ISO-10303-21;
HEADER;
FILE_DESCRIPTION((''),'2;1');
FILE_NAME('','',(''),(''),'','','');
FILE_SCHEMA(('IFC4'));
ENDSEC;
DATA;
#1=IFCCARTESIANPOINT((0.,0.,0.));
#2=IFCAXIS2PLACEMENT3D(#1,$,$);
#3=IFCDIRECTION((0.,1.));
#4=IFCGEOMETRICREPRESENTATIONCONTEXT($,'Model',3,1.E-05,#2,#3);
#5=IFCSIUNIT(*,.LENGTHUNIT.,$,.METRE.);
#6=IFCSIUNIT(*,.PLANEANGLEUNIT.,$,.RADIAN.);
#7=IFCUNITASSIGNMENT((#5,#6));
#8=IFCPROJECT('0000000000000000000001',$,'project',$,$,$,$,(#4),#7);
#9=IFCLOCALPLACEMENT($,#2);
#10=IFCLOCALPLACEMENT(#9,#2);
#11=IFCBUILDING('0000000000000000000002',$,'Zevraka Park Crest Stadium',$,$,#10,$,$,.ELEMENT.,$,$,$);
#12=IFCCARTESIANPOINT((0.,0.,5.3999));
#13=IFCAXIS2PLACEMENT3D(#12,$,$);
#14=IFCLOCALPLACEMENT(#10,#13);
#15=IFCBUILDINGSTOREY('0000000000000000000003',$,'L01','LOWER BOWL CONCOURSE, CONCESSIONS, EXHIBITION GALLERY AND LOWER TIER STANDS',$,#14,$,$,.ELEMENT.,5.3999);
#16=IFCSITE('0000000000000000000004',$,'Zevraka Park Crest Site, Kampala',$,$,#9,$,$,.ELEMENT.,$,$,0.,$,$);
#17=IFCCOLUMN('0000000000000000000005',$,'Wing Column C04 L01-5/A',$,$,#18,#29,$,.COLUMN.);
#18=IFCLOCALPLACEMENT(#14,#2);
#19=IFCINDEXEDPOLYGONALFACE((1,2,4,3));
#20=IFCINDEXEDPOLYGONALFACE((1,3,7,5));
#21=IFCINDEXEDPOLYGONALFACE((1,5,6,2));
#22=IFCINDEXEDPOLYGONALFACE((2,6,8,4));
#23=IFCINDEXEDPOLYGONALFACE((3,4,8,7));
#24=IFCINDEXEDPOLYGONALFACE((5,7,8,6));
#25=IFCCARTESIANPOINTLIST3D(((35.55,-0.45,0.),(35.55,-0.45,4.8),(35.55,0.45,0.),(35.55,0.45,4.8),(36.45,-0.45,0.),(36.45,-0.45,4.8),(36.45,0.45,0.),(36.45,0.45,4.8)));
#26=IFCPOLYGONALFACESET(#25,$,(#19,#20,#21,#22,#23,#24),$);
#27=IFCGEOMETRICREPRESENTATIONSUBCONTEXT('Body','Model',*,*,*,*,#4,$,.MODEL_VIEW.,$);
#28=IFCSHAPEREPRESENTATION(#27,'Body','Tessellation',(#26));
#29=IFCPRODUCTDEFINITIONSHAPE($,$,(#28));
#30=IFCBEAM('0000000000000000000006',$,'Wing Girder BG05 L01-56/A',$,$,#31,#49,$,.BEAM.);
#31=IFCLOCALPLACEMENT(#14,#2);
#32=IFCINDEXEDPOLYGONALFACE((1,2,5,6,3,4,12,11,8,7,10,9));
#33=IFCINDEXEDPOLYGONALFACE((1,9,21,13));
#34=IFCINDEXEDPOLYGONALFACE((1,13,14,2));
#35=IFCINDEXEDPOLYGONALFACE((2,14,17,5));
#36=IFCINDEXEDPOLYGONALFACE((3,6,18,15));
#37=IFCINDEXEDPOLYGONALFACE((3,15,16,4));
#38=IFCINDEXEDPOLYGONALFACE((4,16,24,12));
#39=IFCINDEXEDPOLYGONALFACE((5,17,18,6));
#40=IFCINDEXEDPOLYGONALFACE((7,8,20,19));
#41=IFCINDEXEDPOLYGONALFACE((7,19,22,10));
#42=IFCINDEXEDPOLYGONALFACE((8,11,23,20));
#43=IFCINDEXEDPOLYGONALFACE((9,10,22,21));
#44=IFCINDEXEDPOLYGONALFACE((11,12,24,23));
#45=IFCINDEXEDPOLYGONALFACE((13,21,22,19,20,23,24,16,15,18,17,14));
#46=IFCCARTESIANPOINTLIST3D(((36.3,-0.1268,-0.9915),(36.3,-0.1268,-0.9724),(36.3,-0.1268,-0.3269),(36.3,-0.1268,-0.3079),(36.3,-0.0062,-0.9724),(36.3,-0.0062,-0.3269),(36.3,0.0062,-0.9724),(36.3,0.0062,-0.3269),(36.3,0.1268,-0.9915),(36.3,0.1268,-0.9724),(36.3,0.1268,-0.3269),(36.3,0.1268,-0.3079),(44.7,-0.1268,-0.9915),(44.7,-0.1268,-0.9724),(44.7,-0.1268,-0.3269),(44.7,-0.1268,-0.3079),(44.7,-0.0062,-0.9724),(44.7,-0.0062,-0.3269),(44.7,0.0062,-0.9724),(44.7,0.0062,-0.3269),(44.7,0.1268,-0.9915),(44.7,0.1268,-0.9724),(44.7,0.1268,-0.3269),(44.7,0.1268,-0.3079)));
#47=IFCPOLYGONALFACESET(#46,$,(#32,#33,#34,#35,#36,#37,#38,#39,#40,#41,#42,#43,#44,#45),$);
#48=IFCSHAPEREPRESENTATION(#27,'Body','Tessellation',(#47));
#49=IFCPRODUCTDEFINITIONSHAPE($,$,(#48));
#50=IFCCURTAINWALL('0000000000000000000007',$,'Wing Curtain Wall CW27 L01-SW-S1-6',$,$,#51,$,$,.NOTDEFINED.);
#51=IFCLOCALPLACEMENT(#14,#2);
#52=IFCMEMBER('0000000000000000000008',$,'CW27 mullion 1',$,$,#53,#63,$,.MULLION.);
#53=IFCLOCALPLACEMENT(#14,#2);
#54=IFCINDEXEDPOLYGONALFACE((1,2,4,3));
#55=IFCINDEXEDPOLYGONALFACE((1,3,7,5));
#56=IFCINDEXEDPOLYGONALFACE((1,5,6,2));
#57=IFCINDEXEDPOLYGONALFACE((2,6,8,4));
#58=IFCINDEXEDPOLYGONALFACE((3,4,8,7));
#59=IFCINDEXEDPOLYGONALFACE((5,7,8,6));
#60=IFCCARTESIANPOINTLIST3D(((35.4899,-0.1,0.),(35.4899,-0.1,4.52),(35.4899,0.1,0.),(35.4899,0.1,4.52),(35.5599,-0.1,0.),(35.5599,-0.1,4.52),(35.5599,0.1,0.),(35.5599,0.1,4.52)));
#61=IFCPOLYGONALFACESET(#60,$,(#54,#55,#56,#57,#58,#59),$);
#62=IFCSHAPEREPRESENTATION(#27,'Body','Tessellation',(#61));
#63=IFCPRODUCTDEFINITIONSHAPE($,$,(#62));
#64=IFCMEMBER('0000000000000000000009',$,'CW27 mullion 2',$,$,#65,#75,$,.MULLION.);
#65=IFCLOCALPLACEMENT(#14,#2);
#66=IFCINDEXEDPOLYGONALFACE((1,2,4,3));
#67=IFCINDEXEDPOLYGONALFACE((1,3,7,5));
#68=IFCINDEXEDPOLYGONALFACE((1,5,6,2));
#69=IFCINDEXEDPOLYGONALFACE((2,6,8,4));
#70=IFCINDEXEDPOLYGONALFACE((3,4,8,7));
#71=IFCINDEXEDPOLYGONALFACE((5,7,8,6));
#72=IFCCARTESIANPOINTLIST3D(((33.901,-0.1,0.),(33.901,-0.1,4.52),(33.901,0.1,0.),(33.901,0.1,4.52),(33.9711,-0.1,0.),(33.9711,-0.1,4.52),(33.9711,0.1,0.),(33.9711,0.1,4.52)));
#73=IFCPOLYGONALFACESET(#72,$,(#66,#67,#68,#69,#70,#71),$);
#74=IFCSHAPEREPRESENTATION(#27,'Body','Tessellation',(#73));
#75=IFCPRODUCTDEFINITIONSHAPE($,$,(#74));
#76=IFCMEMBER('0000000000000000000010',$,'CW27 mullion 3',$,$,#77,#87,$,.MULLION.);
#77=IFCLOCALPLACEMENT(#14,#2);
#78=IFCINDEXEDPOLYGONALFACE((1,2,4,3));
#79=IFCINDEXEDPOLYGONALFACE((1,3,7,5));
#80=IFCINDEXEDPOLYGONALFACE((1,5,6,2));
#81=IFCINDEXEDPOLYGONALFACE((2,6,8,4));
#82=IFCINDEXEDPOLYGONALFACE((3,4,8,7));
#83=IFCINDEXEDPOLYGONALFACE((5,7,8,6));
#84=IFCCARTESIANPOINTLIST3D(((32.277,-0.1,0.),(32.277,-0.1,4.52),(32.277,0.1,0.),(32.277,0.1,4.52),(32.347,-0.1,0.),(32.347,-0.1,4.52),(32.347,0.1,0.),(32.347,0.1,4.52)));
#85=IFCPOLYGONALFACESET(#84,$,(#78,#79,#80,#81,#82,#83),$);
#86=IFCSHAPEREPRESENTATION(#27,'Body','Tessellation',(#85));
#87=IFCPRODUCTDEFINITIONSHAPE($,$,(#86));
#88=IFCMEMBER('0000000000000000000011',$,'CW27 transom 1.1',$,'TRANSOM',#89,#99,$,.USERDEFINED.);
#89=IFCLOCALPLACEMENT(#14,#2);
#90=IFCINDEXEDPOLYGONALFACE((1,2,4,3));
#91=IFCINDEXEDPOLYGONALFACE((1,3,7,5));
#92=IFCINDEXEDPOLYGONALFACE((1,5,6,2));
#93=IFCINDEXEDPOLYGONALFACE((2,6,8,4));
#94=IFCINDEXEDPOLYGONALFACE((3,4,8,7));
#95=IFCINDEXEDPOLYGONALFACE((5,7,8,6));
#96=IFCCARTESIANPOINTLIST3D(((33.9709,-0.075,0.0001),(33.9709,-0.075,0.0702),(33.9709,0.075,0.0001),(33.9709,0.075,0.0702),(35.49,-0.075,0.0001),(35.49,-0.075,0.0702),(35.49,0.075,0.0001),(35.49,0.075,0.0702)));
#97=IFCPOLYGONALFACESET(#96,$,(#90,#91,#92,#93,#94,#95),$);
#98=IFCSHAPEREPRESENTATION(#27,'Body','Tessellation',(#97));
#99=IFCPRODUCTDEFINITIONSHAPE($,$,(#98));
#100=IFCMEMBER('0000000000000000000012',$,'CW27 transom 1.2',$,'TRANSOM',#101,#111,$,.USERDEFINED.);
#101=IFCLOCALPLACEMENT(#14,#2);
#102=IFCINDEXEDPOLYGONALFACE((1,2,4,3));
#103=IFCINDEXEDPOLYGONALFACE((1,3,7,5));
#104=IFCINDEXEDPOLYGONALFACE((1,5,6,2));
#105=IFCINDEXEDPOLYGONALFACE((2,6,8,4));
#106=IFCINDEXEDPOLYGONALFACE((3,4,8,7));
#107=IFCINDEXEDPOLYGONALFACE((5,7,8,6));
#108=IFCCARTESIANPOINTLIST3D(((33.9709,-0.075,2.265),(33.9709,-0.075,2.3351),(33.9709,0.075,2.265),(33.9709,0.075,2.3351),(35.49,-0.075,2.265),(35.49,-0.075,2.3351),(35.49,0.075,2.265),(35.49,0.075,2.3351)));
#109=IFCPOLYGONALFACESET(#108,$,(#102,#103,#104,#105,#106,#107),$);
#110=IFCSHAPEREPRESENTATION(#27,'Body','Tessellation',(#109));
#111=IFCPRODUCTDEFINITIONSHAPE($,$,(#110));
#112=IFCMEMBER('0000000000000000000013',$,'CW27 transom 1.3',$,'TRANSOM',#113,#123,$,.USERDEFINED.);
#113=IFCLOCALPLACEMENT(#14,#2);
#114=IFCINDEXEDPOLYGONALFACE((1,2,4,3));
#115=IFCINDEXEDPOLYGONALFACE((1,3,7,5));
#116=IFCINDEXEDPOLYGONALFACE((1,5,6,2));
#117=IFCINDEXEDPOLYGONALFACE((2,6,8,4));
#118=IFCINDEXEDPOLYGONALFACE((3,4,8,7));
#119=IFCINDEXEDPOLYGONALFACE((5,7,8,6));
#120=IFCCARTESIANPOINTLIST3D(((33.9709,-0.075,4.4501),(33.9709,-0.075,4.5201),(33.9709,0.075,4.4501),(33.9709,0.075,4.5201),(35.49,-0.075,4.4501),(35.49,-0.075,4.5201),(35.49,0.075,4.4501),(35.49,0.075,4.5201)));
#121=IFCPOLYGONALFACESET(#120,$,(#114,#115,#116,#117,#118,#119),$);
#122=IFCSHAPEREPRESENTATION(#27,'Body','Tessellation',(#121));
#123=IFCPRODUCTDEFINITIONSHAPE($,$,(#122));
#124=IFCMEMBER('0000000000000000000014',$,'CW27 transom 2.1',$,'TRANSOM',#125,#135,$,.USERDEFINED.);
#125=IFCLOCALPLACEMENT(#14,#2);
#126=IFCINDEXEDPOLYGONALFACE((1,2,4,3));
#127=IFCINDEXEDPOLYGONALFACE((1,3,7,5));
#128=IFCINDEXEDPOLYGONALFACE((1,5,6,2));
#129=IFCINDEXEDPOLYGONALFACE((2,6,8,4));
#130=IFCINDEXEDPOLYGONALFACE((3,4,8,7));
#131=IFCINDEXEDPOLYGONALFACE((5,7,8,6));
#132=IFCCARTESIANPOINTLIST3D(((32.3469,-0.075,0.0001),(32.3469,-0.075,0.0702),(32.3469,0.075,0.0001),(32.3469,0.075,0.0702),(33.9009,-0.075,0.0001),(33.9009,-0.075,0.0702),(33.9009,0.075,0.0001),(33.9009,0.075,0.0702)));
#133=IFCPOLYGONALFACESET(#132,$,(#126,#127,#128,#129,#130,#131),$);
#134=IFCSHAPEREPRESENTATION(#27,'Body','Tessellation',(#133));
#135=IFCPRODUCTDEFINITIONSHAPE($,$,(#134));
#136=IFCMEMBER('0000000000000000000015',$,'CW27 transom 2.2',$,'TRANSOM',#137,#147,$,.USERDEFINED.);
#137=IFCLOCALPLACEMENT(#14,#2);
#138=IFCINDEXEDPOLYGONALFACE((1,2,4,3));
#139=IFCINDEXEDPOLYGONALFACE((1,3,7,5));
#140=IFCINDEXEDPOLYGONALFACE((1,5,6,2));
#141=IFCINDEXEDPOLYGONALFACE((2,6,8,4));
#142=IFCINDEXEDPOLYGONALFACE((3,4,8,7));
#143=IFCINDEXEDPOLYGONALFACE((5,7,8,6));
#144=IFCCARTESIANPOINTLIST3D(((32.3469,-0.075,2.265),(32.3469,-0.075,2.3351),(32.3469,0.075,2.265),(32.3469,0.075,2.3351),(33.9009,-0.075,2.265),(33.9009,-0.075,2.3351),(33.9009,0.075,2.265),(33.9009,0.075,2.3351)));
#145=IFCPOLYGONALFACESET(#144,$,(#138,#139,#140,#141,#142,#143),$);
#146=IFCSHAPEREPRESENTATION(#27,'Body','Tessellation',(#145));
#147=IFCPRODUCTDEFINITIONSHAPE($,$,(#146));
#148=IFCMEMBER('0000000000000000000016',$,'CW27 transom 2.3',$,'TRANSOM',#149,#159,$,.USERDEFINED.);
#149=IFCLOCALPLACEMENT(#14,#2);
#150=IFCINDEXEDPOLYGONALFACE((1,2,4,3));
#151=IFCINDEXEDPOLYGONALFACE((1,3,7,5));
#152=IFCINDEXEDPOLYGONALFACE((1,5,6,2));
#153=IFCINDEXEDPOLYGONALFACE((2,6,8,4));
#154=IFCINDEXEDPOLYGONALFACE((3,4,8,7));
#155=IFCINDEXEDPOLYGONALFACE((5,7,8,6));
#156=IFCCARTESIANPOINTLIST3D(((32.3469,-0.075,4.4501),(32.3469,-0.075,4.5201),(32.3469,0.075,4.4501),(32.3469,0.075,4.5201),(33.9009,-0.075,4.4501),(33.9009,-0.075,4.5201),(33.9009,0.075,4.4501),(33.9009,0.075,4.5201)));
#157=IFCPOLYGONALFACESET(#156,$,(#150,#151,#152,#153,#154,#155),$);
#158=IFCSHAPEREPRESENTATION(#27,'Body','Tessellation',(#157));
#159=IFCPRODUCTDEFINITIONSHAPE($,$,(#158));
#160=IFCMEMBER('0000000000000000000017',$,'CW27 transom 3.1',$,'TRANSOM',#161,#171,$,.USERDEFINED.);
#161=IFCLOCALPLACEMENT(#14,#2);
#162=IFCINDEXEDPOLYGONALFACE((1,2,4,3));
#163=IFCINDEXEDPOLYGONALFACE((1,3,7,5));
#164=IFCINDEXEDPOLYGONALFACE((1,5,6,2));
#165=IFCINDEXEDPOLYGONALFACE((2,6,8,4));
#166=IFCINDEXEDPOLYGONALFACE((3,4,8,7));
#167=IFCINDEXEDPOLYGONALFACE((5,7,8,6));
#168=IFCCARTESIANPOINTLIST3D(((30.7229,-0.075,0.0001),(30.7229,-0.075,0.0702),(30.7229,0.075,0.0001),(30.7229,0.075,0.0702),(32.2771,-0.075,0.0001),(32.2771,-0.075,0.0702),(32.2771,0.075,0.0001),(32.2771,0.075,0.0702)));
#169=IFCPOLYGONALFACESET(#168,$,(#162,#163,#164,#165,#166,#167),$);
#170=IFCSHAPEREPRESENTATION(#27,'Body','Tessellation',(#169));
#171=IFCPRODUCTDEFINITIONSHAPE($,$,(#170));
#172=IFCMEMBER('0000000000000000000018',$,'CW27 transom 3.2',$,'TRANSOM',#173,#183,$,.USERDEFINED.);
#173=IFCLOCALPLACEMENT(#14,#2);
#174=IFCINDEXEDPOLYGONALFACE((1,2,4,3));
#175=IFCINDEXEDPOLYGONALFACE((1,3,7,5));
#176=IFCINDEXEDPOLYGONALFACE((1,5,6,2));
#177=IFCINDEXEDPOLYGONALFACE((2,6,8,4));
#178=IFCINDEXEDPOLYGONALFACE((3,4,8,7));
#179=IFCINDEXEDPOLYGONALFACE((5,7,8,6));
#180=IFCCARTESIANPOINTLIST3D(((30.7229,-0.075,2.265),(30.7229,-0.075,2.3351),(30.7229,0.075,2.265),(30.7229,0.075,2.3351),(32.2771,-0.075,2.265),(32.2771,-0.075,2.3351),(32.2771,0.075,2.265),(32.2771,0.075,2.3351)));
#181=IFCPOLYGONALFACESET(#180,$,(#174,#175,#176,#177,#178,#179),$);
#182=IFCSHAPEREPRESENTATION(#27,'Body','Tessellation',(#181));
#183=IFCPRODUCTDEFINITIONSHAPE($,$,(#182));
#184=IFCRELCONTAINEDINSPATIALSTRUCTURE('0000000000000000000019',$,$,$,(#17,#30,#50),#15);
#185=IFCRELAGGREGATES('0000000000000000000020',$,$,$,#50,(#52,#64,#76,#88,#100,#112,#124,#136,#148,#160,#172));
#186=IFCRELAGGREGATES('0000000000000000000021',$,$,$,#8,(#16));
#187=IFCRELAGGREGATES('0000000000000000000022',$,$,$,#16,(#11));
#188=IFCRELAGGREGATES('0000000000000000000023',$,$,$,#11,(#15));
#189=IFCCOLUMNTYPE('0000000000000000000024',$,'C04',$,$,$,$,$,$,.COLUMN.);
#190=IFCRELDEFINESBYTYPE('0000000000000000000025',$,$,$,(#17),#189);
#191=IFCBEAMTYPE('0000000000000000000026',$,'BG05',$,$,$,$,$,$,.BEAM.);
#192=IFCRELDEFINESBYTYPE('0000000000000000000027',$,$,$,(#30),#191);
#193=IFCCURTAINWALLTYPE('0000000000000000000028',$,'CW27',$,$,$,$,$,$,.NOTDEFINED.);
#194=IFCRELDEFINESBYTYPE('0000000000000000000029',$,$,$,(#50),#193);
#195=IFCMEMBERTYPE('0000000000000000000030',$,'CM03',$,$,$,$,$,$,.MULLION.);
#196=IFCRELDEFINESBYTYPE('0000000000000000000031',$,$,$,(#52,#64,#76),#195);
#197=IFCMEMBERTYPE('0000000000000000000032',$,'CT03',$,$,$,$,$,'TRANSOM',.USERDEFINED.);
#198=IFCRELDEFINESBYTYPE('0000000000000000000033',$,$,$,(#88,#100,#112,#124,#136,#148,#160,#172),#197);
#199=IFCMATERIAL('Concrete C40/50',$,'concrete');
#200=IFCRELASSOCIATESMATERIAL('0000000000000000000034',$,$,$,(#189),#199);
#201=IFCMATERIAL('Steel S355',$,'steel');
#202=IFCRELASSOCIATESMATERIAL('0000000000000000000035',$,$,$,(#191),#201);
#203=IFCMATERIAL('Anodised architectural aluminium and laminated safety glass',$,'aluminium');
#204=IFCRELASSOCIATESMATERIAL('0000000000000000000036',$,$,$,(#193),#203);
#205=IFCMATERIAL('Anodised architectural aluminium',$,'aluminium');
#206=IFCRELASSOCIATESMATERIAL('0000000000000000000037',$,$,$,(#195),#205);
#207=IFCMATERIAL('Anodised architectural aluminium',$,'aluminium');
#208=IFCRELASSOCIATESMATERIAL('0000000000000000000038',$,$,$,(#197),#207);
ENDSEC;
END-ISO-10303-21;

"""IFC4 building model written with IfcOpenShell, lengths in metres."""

from ifc_helpers import new_model, si_unit, direction, frame, origin, origin_2d, place, context, subcontext, project, spatial, rectangle, i_section, extrude, material, material_profile, profile_set, type_object, element, aggregate, save


model = new_model("IFC4")

# Units and contexts
model_context = context("Model", 3, precision=1e-05, world=origin(), true_north=direction((0.0, 1.0)))
body_context = subcontext(model_context, "Body", "Model", "MODEL_VIEW")
ifc_project = project(units=[si_unit("LENGTHUNIT", "METRE"), si_unit("PLANEANGLEUNIT", "RADIAN")], contexts=[model_context])

# Site, building, storey
site_placement = place(None, origin())
site = spatial("IfcSite", under=ifc_project, at=site_placement, Name="Zevraka Park Crest Site, Kampala", CompositionType="ELEMENT", RefElevation=0.0)
building_placement = place(site_placement, origin())
building = spatial("IfcBuilding", under=site, at=building_placement, Name="Zevraka Park Crest Stadium", CompositionType="ELEMENT")
storey_placement = place(building_placement, frame((0.0, 0.0, 5.3999)))
storey = spatial("IfcBuildingStorey", under=building, at=storey_placement, Name="L01", Description="LOWER BOWL CONCOURSE, CONCESSIONS, EXHIBITION GALLERY AND LOWER TIER STANDS", CompositionType="ELEMENT", Elevation=5.3999)

# Column
ifc_material_1 = material(Name="Concrete C40/50", Category="concrete")
ifc_material_profile_1 = material_profile(ifc_material_1, rectangle(XDim=0.8999, YDim=0.8999, at=origin_2d()), Name="RC 900x900")
ifc_profile_set_1 = profile_set([ifc_material_profile_1], Name="Concrete C40/50")
column_type = type_object("IfcColumnType", Name="C04", PredefinedType="COLUMN", material=ifc_profile_set_1)
column_placement = place(storey_placement, frame((36.0, 0.0, 0.0), z_axis=(0.0, 0.0, 1.0), x_axis=(1.0, 0.0, 0.0)))
element("IfcColumn", 1, at=column_placement, inside=storey, type_object=column_type, Name="Wing Column C04 L01-5/A", PredefinedType="COLUMN", context=body_context, shape_type="SweptSolid", body=[
    extrude(rectangle(XDim=0.8999, YDim=0.8999, at=origin_2d()), origin(), (0.0, 0.0, 1.0), 4.8),
])

# Beam
ifc_material_2 = material(Name="Steel S355", Category="steel")
ifc_material_profile_2 = material_profile(ifc_material_2, i_section(OverallWidth=0.2537, OverallDepth=0.6836, WebThickness=0.0125, FlangeThickness=0.019, at=origin_2d()), Name="UKB 686x254x140")
ifc_profile_set_2 = profile_set([ifc_material_profile_2], Name="Steel S355")
beam_type = type_object("IfcBeamType", Name="BG05", PredefinedType="BEAM", material=ifc_profile_set_2)
beam_placement = place(storey_placement, frame((36.3, 0.0, -0.6497), z_axis=(1.0, 0.0, 0.0), x_axis=(0.0, 1.0, 0.0)))
element("IfcBeam", 2, at=beam_placement, inside=storey, type_object=beam_type, Name="Wing Girder BG05 L01-56/A", PredefinedType="BEAM", context=body_context, shape_type="SweptSolid", body=[
    extrude(i_section(OverallWidth=0.2537, OverallDepth=0.6836, WebThickness=0.0125, FlangeThickness=0.019, at=origin_2d()), origin(), (0.0, 0.0, 1.0), 8.3999),
])

# Curtain wall, members
ifc_material_3 = material(Name="Anodised architectural aluminium and laminated safety glass", Category="aluminium")
curtain_wall_type = type_object("IfcCurtainWallType", Name="CW27", PredefinedType="NOTDEFINED", material=ifc_material_3)
curtain_wall_placement = place(storey_placement, origin())
curtain_wall = element("IfcCurtainWall", 3, at=curtain_wall_placement, inside=storey, type_object=curtain_wall_type, Name="Wing Curtain Wall CW27 L01-SW-S1-6", PredefinedType="NOTDEFINED")
ifc_material_4 = material(Name="Anodised architectural aluminium", Category="aluminium")
ifc_material_profile_3 = material_profile(ifc_material_4, rectangle(XDim=0.2, YDim=0.0701, at=origin_2d()), Name="ALU MULLION 200x70")
ifc_profile_set_3 = profile_set([ifc_material_profile_3], Name="Anodised architectural aluminium")
member_type_1 = type_object("IfcMemberType", Name="CM03", PredefinedType="MULLION", material=ifc_profile_set_3)
member_1_placement = place(storey_placement, frame((35.5249, 0.0, 0.0), z_axis=(0.0, 0.0, 1.0), x_axis=(0.0, -1.0, 0.0)))
member_1 = element("IfcMember", 4, at=member_1_placement, type_object=member_type_1, Name="CW27 mullion 1", PredefinedType="MULLION", context=body_context, shape_type="SweptSolid", body=[
    extrude(rectangle(XDim=0.2, YDim=0.0701, at=origin_2d()), origin(), (0.0, 0.0, 1.0), 4.52),
])
member_2_placement = place(storey_placement, frame((33.936, 0.0, 0.0), z_axis=(0.0, 0.0, 1.0), x_axis=(0.0, -1.0, 0.0)))
member_2 = element("IfcMember", 5, at=member_2_placement, type_object=member_type_1, Name="CW27 mullion 2", PredefinedType="MULLION", context=body_context, shape_type="SweptSolid", body=[
    extrude(rectangle(XDim=0.2, YDim=0.0701, at=origin_2d()), origin(), (0.0, 0.0, 1.0), 4.52),
])
member_3_placement = place(storey_placement, frame((32.312, 0.0, 0.0), z_axis=(0.0, 0.0, 1.0), x_axis=(0.0, -1.0, 0.0)))
member_3 = element("IfcMember", 6, at=member_3_placement, type_object=member_type_1, Name="CW27 mullion 3", PredefinedType="MULLION", context=body_context, shape_type="SweptSolid", body=[
    extrude(rectangle(XDim=0.2, YDim=0.0701, at=origin_2d()), origin(), (0.0, 0.0, 1.0), 4.52),
])
ifc_material_5 = material(Name="Anodised architectural aluminium", Category="aluminium")
ifc_material_profile_4 = material_profile(ifc_material_5, rectangle(XDim=0.1499, YDim=0.0701, at=origin_2d()), Name="ALU TRANSOM 150x70")
ifc_profile_set_4 = profile_set([ifc_material_profile_4], Name="Anodised architectural aluminium")
member_type_2 = type_object("IfcMemberType", Name="CT03", ElementType="TRANSOM", PredefinedType="USERDEFINED", material=ifc_profile_set_4)
member_4_placement = place(storey_placement, frame((35.49, 0.0, 0.0352), z_axis=(-1.0, 0.0, 0.0), x_axis=(0.0, -1.0, 0.0)))
member_4 = element("IfcMember", 7, at=member_4_placement, type_object=member_type_2, Name="CW27 transom 1.1", ObjectType="TRANSOM", PredefinedType="USERDEFINED", context=body_context, shape_type="SweptSolid", body=[
    extrude(rectangle(XDim=0.1499, YDim=0.0701, at=origin_2d()), origin(), (0.0, 0.0, 1.0), 1.519),
])
member_5_placement = place(storey_placement, frame((35.49, 0.0, 2.3), z_axis=(-1.0, 0.0, 0.0), x_axis=(0.0, -1.0, 0.0)))
member_5 = element("IfcMember", 8, at=member_5_placement, type_object=member_type_2, Name="CW27 transom 1.2", ObjectType="TRANSOM", PredefinedType="USERDEFINED", context=body_context, shape_type="SweptSolid", body=[
    extrude(rectangle(XDim=0.1499, YDim=0.0701, at=origin_2d()), origin(), (0.0, 0.0, 1.0), 1.519),
])
member_6_placement = place(storey_placement, frame((35.49, 0.0, 4.4851), z_axis=(-1.0, 0.0, 0.0), x_axis=(0.0, -1.0, 0.0)))
member_6 = element("IfcMember", 9, at=member_6_placement, type_object=member_type_2, Name="CW27 transom 1.3", ObjectType="TRANSOM", PredefinedType="USERDEFINED", context=body_context, shape_type="SweptSolid", body=[
    extrude(rectangle(XDim=0.1499, YDim=0.0701, at=origin_2d()), origin(), (0.0, 0.0, 1.0), 1.519),
])
member_7_placement = place(storey_placement, frame((33.9009, 0.0, 0.0352), z_axis=(-1.0, 0.0, 0.0), x_axis=(0.0, -1.0, 0.0)))
member_7 = element("IfcMember", 10, at=member_7_placement, type_object=member_type_2, Name="CW27 transom 2.1", ObjectType="TRANSOM", PredefinedType="USERDEFINED", context=body_context, shape_type="SweptSolid", body=[
    extrude(rectangle(XDim=0.1499, YDim=0.0701, at=origin_2d()), origin(), (0.0, 0.0, 1.0), 1.554),
])
member_8_placement = place(storey_placement, frame((33.9009, 0.0, 2.3), z_axis=(-1.0, 0.0, 0.0), x_axis=(0.0, -1.0, 0.0)))
member_8 = element("IfcMember", 11, at=member_8_placement, type_object=member_type_2, Name="CW27 transom 2.2", ObjectType="TRANSOM", PredefinedType="USERDEFINED", context=body_context, shape_type="SweptSolid", body=[
    extrude(rectangle(XDim=0.1499, YDim=0.0701, at=origin_2d()), origin(), (0.0, 0.0, 1.0), 1.554),
])
member_9_placement = place(storey_placement, frame((33.9009, 0.0, 4.4851), z_axis=(-1.0, 0.0, 0.0), x_axis=(0.0, -1.0, 0.0)))
member_9 = element("IfcMember", 12, at=member_9_placement, type_object=member_type_2, Name="CW27 transom 2.3", ObjectType="TRANSOM", PredefinedType="USERDEFINED", context=body_context, shape_type="SweptSolid", body=[
    extrude(rectangle(XDim=0.1499, YDim=0.0701, at=origin_2d()), origin(), (0.0, 0.0, 1.0), 1.554),
])
member_10_placement = place(storey_placement, frame((32.2771, 0.0, 0.0352), z_axis=(-1.0, 0.0, 0.0), x_axis=(0.0, -1.0, 0.0)))
member_10 = element("IfcMember", 13, at=member_10_placement, type_object=member_type_2, Name="CW27 transom 3.1", ObjectType="TRANSOM", PredefinedType="USERDEFINED", context=body_context, shape_type="SweptSolid", body=[
    extrude(rectangle(XDim=0.1499, YDim=0.0701, at=origin_2d()), origin(), (0.0, 0.0, 1.0), 1.5542),
])
member_11_placement = place(storey_placement, frame((32.2771, 0.0, 2.3), z_axis=(-1.0, 0.0, 0.0), x_axis=(0.0, -1.0, 0.0)))
member_11 = element("IfcMember", 14, at=member_11_placement, type_object=member_type_2, Name="CW27 transom 3.2", ObjectType="TRANSOM", PredefinedType="USERDEFINED", context=body_context, shape_type="SweptSolid", body=[
    extrude(rectangle(XDim=0.1499, YDim=0.0701, at=origin_2d()), origin(), (0.0, 0.0, 1.0), 1.5542),
])
aggregate(curtain_wall, [member_1, member_2, member_3, member_4, member_5, member_6, member_7, member_8, member_9, member_10, member_11])

save(model, "model.ifc")
